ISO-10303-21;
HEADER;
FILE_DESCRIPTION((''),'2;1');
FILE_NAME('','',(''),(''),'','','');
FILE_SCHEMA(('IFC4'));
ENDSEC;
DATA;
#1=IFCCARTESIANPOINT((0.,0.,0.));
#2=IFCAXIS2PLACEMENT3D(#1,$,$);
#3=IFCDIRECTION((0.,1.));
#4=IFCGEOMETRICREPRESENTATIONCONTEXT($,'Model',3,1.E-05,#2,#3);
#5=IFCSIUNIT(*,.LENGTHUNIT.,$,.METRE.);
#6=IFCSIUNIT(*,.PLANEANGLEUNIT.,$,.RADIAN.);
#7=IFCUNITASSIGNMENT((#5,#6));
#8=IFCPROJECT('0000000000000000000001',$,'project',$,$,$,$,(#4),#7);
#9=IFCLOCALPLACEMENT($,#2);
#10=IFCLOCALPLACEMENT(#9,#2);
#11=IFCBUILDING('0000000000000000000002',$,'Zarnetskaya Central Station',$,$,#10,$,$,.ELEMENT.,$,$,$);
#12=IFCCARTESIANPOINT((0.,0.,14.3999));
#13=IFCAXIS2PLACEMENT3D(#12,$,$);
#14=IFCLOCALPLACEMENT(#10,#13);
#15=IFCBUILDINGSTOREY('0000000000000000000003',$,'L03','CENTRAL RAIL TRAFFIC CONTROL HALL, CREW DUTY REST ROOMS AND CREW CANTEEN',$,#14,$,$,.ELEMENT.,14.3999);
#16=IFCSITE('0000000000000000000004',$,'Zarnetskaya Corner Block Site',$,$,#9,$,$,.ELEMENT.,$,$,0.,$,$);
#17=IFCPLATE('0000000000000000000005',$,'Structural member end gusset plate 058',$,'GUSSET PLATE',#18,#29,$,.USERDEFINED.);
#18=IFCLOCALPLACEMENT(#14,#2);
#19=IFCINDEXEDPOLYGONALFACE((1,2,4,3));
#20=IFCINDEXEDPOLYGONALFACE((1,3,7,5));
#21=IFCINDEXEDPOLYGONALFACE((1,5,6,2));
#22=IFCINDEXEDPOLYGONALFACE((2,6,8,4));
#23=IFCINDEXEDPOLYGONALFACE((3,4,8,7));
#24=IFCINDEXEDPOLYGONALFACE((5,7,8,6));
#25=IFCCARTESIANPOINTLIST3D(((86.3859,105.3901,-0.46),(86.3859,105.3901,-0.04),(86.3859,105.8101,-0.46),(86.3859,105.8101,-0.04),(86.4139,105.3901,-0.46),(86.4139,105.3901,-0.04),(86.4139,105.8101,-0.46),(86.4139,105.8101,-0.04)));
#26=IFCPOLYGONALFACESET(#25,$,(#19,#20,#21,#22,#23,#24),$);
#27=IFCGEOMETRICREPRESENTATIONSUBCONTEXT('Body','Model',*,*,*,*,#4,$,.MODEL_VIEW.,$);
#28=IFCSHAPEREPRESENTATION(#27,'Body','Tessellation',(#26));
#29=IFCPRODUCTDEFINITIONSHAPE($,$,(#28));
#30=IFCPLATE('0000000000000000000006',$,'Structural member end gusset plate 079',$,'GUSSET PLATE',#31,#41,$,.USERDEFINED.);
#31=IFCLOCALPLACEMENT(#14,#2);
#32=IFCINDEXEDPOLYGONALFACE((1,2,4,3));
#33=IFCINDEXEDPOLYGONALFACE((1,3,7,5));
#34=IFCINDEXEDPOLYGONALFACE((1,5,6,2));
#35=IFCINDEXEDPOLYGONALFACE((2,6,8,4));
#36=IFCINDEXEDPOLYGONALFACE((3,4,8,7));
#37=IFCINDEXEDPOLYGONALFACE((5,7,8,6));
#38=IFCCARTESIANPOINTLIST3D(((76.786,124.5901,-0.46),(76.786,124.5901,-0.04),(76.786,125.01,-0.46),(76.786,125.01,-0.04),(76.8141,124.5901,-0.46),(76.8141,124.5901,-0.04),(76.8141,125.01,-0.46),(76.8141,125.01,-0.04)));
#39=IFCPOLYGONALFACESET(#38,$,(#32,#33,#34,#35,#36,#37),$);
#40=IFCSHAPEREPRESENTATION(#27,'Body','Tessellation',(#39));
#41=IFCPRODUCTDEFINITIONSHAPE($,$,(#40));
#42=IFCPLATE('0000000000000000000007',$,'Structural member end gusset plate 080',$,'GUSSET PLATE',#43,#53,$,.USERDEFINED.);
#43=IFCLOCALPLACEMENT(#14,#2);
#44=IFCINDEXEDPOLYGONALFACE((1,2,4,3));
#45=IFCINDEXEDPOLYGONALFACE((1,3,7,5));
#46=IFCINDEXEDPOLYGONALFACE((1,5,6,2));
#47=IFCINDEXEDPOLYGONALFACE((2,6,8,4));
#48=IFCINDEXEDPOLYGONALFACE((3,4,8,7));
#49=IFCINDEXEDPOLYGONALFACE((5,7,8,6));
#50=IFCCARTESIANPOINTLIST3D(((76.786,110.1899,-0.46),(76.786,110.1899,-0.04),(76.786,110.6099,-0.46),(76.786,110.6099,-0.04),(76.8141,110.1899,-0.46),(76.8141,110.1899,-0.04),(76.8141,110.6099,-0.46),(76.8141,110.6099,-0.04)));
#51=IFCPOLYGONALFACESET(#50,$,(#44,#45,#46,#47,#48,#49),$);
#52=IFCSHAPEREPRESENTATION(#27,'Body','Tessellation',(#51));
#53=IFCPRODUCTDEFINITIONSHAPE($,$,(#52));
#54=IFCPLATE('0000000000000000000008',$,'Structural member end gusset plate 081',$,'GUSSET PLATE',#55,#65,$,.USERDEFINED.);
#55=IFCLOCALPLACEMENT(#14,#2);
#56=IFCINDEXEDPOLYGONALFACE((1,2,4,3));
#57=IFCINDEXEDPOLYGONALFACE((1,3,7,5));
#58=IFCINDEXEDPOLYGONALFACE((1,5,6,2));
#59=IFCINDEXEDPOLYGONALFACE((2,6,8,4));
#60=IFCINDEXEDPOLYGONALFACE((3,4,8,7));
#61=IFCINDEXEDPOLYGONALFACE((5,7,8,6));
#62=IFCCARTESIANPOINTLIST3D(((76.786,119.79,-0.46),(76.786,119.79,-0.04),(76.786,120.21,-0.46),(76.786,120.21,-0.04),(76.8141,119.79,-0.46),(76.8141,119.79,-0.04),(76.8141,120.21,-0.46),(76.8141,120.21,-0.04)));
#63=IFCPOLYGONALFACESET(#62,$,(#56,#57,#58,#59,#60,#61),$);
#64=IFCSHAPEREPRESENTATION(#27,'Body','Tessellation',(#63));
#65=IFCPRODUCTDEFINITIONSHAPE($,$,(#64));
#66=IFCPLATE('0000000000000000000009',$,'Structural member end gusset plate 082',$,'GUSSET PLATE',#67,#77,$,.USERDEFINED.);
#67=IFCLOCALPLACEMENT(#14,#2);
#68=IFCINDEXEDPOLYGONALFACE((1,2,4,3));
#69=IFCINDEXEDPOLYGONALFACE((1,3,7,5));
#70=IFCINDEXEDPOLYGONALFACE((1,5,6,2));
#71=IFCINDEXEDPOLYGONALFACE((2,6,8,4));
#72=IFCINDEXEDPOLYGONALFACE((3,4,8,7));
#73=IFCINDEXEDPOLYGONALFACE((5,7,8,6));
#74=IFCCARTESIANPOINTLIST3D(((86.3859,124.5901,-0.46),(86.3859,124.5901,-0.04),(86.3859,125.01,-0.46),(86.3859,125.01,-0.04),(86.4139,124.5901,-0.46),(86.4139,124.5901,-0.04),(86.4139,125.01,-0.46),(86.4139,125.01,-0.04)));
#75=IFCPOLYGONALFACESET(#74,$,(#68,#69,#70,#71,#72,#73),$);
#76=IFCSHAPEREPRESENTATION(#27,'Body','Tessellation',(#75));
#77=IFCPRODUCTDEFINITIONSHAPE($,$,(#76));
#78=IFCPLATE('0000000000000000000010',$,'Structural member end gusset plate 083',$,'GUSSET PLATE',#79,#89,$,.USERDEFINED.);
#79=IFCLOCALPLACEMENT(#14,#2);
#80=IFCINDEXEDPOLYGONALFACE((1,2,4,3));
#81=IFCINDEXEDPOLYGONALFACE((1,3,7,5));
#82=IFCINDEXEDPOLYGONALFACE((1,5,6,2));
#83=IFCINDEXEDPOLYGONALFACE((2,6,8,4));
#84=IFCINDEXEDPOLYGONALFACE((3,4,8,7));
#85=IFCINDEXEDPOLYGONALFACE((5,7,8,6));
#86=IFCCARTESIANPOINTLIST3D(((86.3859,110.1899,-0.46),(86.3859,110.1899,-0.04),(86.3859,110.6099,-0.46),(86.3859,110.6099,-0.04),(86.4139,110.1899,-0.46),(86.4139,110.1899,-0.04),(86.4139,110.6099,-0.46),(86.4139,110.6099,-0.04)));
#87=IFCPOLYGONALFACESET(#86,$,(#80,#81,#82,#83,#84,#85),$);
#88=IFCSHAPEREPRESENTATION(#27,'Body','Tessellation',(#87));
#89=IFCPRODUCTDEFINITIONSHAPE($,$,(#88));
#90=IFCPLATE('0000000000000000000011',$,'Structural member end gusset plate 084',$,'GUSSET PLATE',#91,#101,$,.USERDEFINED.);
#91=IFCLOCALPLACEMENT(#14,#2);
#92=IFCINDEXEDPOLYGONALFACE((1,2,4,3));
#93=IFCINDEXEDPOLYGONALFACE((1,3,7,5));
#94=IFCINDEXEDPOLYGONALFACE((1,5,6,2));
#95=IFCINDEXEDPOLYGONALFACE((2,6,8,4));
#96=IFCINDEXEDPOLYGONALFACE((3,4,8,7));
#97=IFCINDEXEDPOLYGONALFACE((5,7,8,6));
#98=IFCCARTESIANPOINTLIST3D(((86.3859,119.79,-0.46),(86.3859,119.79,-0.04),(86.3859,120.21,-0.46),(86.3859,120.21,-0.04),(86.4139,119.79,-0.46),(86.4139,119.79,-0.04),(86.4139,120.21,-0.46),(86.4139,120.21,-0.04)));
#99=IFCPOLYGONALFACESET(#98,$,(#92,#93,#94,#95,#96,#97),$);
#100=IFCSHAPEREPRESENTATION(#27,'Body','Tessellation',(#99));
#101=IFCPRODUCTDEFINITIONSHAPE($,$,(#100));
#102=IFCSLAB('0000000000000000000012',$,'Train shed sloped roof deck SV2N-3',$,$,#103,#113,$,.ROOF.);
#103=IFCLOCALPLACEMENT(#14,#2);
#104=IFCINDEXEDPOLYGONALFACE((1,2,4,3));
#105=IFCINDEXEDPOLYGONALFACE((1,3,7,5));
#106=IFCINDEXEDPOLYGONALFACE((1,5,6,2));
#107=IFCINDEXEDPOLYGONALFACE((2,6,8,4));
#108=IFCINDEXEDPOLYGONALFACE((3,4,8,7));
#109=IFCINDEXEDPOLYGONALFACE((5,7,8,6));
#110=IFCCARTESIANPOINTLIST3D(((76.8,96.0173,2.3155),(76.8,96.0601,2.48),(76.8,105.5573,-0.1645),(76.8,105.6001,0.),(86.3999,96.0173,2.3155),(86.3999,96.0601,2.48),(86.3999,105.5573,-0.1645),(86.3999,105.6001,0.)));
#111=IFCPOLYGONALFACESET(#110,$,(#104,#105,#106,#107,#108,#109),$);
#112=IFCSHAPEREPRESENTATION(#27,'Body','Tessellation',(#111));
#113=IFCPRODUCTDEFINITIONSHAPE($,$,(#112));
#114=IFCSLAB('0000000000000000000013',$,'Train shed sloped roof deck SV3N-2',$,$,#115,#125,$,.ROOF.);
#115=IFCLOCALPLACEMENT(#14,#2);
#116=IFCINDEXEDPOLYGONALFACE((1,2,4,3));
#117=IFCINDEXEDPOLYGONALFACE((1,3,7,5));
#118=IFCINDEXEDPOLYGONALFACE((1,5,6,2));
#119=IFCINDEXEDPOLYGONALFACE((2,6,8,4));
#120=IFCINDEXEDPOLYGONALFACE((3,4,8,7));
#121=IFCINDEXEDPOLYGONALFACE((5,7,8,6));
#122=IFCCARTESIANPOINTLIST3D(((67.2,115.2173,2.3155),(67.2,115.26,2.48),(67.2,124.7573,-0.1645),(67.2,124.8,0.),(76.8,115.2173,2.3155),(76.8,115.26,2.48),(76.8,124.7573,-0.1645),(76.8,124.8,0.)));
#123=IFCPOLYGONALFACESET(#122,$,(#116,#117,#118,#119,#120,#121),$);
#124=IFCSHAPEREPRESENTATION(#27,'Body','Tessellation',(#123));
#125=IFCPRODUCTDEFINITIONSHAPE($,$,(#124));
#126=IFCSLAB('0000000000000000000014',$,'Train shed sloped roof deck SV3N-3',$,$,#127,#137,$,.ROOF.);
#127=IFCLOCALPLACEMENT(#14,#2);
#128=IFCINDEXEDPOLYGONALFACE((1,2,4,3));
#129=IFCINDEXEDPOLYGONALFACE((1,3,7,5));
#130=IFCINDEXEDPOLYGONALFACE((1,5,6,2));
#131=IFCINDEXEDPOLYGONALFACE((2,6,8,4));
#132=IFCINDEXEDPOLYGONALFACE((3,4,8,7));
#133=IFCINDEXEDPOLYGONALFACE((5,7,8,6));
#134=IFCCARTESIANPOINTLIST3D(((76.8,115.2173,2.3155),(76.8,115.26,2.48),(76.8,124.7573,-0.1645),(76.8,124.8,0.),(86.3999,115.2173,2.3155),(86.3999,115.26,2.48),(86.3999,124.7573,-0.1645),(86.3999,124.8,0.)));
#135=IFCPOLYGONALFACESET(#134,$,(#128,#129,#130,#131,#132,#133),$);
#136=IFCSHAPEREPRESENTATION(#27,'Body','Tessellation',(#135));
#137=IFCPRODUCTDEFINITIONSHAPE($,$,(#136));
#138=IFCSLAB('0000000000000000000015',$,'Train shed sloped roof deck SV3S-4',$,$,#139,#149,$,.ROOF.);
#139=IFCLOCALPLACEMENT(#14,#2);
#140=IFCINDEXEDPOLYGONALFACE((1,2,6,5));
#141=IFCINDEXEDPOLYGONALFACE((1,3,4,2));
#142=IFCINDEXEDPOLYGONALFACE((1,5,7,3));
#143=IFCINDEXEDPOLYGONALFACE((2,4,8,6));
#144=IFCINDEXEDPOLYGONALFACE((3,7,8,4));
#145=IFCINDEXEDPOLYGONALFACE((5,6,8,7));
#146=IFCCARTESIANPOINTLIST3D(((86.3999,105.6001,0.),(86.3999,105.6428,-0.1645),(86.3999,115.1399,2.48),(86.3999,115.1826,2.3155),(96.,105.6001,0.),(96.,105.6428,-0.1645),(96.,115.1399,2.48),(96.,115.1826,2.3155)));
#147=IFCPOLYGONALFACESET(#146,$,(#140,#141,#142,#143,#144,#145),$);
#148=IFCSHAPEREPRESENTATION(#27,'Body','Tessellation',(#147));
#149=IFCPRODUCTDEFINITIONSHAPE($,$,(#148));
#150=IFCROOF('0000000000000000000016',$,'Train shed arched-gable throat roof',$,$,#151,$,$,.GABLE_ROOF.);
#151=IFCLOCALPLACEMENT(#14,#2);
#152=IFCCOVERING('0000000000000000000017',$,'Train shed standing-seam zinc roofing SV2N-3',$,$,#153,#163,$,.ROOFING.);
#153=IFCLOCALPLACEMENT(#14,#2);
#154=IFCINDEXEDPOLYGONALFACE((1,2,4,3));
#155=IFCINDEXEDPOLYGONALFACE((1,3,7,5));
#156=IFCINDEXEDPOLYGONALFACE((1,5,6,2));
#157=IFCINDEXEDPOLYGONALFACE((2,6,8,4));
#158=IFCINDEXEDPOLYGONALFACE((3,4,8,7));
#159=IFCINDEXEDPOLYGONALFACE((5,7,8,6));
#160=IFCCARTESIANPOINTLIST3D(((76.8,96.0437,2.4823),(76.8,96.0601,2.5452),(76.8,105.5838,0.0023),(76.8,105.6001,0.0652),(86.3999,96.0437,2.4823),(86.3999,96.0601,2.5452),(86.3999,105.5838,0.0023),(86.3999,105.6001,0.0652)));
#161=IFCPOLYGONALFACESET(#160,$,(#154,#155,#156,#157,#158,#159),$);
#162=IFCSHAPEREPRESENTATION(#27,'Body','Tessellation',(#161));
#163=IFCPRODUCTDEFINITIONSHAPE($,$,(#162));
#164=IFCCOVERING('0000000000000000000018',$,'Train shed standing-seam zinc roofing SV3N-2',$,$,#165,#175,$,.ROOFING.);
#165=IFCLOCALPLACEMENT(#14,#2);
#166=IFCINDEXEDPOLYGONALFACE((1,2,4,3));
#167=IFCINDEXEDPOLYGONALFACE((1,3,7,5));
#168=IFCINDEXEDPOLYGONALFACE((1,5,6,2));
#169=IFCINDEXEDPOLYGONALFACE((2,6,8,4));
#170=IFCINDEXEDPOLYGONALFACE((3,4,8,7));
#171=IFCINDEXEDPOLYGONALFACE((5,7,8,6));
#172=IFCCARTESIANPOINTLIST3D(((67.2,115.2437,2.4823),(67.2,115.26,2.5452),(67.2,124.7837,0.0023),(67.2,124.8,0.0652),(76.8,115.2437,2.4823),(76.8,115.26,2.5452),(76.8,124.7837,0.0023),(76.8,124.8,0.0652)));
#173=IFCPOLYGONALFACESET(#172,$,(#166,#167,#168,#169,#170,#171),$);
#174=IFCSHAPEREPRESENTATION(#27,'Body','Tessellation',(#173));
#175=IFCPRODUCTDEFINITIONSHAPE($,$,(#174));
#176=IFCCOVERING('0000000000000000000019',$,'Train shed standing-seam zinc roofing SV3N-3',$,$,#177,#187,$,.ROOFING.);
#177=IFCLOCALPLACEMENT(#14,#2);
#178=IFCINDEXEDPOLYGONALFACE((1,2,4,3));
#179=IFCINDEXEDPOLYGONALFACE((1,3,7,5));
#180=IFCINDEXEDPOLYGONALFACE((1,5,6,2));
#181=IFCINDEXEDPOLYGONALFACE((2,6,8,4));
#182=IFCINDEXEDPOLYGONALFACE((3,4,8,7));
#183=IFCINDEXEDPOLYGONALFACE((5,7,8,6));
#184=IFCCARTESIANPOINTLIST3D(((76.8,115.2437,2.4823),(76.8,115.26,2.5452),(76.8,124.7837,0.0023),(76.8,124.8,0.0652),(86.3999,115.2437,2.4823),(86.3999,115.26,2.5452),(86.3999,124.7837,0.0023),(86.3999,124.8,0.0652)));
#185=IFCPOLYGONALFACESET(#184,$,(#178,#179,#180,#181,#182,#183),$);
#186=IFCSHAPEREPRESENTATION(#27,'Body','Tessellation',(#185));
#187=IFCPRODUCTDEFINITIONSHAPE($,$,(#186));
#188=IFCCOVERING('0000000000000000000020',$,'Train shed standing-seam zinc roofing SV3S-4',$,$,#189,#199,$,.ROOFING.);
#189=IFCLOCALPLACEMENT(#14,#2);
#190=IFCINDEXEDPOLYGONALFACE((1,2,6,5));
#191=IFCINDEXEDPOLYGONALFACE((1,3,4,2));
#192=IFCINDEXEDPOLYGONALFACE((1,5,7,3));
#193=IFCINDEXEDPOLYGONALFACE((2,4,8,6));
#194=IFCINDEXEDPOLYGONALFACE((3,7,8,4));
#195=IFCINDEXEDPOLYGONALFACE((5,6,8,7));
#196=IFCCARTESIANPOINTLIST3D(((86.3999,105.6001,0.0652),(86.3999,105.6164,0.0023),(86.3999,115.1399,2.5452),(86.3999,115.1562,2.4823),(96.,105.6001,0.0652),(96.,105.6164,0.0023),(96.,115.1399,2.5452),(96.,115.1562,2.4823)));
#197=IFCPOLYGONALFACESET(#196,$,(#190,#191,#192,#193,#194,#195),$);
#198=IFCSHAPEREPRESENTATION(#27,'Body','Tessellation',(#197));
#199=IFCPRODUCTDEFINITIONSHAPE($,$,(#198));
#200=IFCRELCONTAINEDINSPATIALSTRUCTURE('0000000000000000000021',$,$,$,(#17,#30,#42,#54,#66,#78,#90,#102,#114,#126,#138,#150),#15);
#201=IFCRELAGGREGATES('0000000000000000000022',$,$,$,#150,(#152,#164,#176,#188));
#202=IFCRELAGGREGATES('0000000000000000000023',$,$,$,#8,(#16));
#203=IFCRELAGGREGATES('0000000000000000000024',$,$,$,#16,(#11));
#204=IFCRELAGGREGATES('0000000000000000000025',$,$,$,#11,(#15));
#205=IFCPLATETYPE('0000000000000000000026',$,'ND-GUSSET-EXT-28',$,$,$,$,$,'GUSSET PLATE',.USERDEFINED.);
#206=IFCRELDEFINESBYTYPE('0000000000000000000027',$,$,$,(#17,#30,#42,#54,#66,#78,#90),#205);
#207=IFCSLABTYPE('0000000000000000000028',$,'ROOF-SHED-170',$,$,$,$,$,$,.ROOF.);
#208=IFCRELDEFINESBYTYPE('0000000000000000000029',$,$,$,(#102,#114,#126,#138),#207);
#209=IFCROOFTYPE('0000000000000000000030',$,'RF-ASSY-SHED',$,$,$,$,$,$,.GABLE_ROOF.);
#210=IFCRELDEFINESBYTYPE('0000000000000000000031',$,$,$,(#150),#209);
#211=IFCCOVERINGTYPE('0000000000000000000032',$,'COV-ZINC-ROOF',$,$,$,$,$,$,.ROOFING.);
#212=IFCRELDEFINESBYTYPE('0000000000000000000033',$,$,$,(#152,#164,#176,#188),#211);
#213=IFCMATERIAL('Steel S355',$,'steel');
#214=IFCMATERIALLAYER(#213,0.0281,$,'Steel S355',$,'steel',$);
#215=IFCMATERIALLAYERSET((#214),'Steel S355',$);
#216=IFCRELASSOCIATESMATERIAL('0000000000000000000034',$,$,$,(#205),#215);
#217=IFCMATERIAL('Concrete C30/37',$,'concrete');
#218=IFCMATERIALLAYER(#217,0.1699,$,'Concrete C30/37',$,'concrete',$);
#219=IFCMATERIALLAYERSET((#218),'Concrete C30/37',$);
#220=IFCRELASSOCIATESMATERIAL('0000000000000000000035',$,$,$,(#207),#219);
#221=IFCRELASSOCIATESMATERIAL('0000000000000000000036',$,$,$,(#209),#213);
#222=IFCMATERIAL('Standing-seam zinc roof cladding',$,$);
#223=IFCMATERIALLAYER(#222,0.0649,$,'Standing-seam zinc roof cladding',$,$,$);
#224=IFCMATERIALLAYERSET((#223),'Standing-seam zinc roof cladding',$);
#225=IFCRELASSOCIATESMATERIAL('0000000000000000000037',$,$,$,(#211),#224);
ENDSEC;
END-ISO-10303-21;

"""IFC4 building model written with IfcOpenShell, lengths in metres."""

from ifc_helpers import new_model, si_unit, direction, frame, origin, origin_2d, place, context, subcontext, project, spatial, polyline, rectangle, outline, extrude, material, layer, layer_set, type_object, element, aggregate, save


model = new_model("IFC4")

# Units and contexts
model_context = context("Model", 3, precision=1e-05, world=origin(), true_north=direction((0.0, 1.0)))
body_context = subcontext(model_context, "Body", "Model", "MODEL_VIEW")
ifc_project = project(units=[si_unit("LENGTHUNIT", "METRE"), si_unit("PLANEANGLEUNIT", "RADIAN")], contexts=[model_context])

# Site, building, storey
site_placement = place(None, origin())
site = spatial("IfcSite", under=ifc_project, at=site_placement, Name="Zarnetskaya Corner Block Site", CompositionType="ELEMENT", RefElevation=0.0)
building_placement = place(site_placement, origin())
building = spatial("IfcBuilding", under=site, at=building_placement, Name="Zarnetskaya Central Station", CompositionType="ELEMENT")
storey_placement = place(building_placement, frame((0.0, 0.0, 14.3999)))
storey = spatial("IfcBuildingStorey", under=building, at=storey_placement, Name="L03", Description="CENTRAL RAIL TRAFFIC CONTROL HALL, CREW DUTY REST ROOMS AND CREW CANTEEN", CompositionType="ELEMENT", Elevation=14.3999)

# Shared definitions
ifc_material_1 = material(Name="Steel S355", Category="steel")

# Plates
ifc_layer_1 = layer(ifc_material_1, 0.0281, Name="Steel S355", Category="steel")
ifc_layer_set_1 = layer_set([ifc_layer_1], Name="Steel S355")
plate_type_1 = type_object("IfcPlateType", Name="ND-GUSSET-EXT-28", ElementType="GUSSET PLATE", PredefinedType="USERDEFINED", material=ifc_layer_set_1)
for number, where, z_axis, x_axis, name in (
    (1, (86.3999, 105.6001, -0.46), (0.0, 0.0, 1.0), (1.0, 0.0, 0.0), "Structural member end gusset plate 058"),
    (2, (76.8, 124.8, -0.46), (0.0, 0.0, 1.0), (1.0, 0.0, 0.0), "Structural member end gusset plate 079"),
    (3, (76.8, 110.3999, -0.46), (0.0, 0.0, 1.0), (1.0, 0.0, 0.0), "Structural member end gusset plate 080"),
    (4, (76.8, 120.0, -0.46), (0.0, 0.0, 1.0), (1.0, 0.0, 0.0), "Structural member end gusset plate 081"),
    (5, (86.3999, 124.8, -0.46), (0.0, 0.0, 1.0), (1.0, 0.0, 0.0), "Structural member end gusset plate 082"),
    (6, (86.3999, 110.3999, -0.46), (0.0, 0.0, 1.0), (1.0, 0.0, 0.0), "Structural member end gusset plate 083"),
    (7, (86.3999, 120.0, -0.46), (0.0, 0.0, 1.0), (1.0, 0.0, 0.0), "Structural member end gusset plate 084"),
):
    element("IfcPlate", number, at=place(storey_placement, frame(where, z_axis=z_axis, x_axis=x_axis)), inside=storey, type_object=plate_type_1, Name=name, ObjectType="GUSSET PLATE", PredefinedType="USERDEFINED", context=body_context, shape_type="SweptSolid", body=[
        extrude(rectangle(XDim=0.0281, YDim=0.4199, at=origin_2d()), origin(), (0.0, 0.0, 1.0), 0.4199),
    ])

# Slabs
ifc_material_2 = material(Name="Concrete C30/37", Category="concrete")
ifc_layer_2 = layer(ifc_material_2, 0.1699, Name="Concrete C30/37", Category="concrete")
ifc_layer_set_2 = layer_set([ifc_layer_2], Name="Concrete C30/37")
slab_type = type_object("IfcSlabType", Name="ROOF-SHED-170", PredefinedType="ROOF", material=ifc_layer_set_2)
slab_1_placement = place(storey_placement, frame((86.3999, 105.6001, 0.0), z_axis=(0.0, 0.251593, 0.967833), x_axis=(-1.0, 0.0, 0.0)))
element("IfcSlab", 8, at=slab_1_placement, inside=storey, type_object=slab_type, Name="Train shed sloped roof deck SV2N-3", PredefinedType="ROOF", context=body_context, shape_type="SweptSolid", body=[
    extrude(outline(polyline([(0.0, 0.0), (9.5999, 0.0), (9.5999, 9.8571), (0.0, 9.8571), (0.0, 0.0)])), origin(), (0.0, 0.0, -1.0), 0.1699),
])
slab_2_placement = place(storey_placement, frame((76.8, 124.8, 0.0), z_axis=(0.0, 0.251593, 0.967833), x_axis=(-1.0, 0.0, 0.0)))
element("IfcSlab", 9, at=slab_2_placement, inside=storey, type_object=slab_type, Name="Train shed sloped roof deck SV3N-2", PredefinedType="ROOF", context=body_context, shape_type="SweptSolid", body=[
    extrude(outline(polyline([(0.0, 0.0), (9.6001, 0.0), (9.6001, 9.8571), (0.0, 9.8571), (0.0, 0.0)])), origin(), (0.0, 0.0, -1.0), 0.1699),
])
slab_3_placement = place(storey_placement, frame((86.3999, 124.8, 0.0), z_axis=(0.0, 0.251593, 0.967833), x_axis=(-1.0, 0.0, 0.0)))
element("IfcSlab", 10, at=slab_3_placement, inside=storey, type_object=slab_type, Name="Train shed sloped roof deck SV3N-3", PredefinedType="ROOF", context=body_context, shape_type="SweptSolid", body=[
    extrude(outline(polyline([(0.0, 0.0), (9.5999, 0.0), (9.5999, 9.8571), (0.0, 9.8571), (0.0, 0.0)])), origin(), (0.0, 0.0, -1.0), 0.1699),
])
slab_4_placement = place(storey_placement, frame((86.3999, 105.6001, 0.0), z_axis=(0.0, -0.251599, 0.967832), x_axis=(1.0, 0.0, 0.0)))
element("IfcSlab", 11, at=slab_4_placement, inside=storey, type_object=slab_type, Name="Train shed sloped roof deck SV3S-4", PredefinedType="ROOF", context=body_context, shape_type="SweptSolid", body=[
    extrude(outline(polyline([(0.0, 0.0), (9.6001, 0.0), (9.6001, 9.8569), (0.0, 9.8569), (0.0, 0.0)])), origin(), (0.0, 0.0, -1.0), 0.1699),
])

# Roof, coverings
roof_type = type_object("IfcRoofType", Name="RF-ASSY-SHED", PredefinedType="GABLE_ROOF", material=ifc_material_1)
roof_placement = place(storey_placement, origin())
roof = element("IfcRoof", 12, at=roof_placement, inside=storey, type_object=roof_type, Name="Train shed arched-gable throat roof", PredefinedType="GABLE_ROOF")
ifc_material_3 = material(Name="Standing-seam zinc roof cladding")
ifc_layer_3 = layer(ifc_material_3, 0.0649, Name="Standing-seam zinc roof cladding")
ifc_layer_set_3 = layer_set([ifc_layer_3], Name="Standing-seam zinc roof cladding")
covering_type = type_object("IfcCoveringType", Name="COV-ZINC-ROOF", PredefinedType="ROOFING", material=ifc_layer_set_3)
covering_1_placement = place(storey_placement, frame((86.3999, 105.6001, 0.0652), z_axis=(0.0, 0.251593, 0.967833), x_axis=(-1.0, 0.0, 0.0)))
covering_1 = element("IfcCovering", 13, at=covering_1_placement, type_object=covering_type, Name="Train shed standing-seam zinc roofing SV2N-3", PredefinedType="ROOFING", context=body_context, shape_type="SweptSolid", body=[
    extrude(outline(polyline([(0.0, 0.0), (9.5999, 0.0), (9.5999, 9.8571), (0.0, 9.8571), (0.0, 0.0)])), origin(), (0.0, 0.0, -1.0), 0.0649),
])
covering_2_placement = place(storey_placement, frame((76.8, 124.8, 0.0652), z_axis=(0.0, 0.251593, 0.967833), x_axis=(-1.0, 0.0, 0.0)))
covering_2 = element("IfcCovering", 14, at=covering_2_placement, type_object=covering_type, Name="Train shed standing-seam zinc roofing SV3N-2", PredefinedType="ROOFING", context=body_context, shape_type="SweptSolid", body=[
    extrude(outline(polyline([(0.0, 0.0), (9.6001, 0.0), (9.6001, 9.8571), (0.0, 9.8571), (0.0, 0.0)])), origin(), (0.0, 0.0, -1.0), 0.0649),
])
covering_3_placement = place(storey_placement, frame((86.3999, 124.8, 0.0652), z_axis=(0.0, 0.251593, 0.967833), x_axis=(-1.0, 0.0, 0.0)))
covering_3 = element("IfcCovering", 15, at=covering_3_placement, type_object=covering_type, Name="Train shed standing-seam zinc roofing SV3N-3", PredefinedType="ROOFING", context=body_context, shape_type="SweptSolid", body=[
    extrude(outline(polyline([(0.0, 0.0), (9.5999, 0.0), (9.5999, 9.8571), (0.0, 9.8571), (0.0, 0.0)])), origin(), (0.0, 0.0, -1.0), 0.0649),
])
covering_4_placement = place(storey_placement, frame((86.3999, 105.6001, 0.0652), z_axis=(0.0, -0.251599, 0.967832), x_axis=(1.0, 0.0, 0.0)))
covering_4 = element("IfcCovering", 16, at=covering_4_placement, type_object=covering_type, Name="Train shed standing-seam zinc roofing SV3S-4", PredefinedType="ROOFING", context=body_context, shape_type="SweptSolid", body=[
    extrude(outline(polyline([(0.0, 0.0), (9.6001, 0.0), (9.6001, 9.8569), (0.0, 9.8569), (0.0, 0.0)])), origin(), (0.0, 0.0, -1.0), 0.0649),
])
aggregate(roof, [covering_1, covering_2, covering_3, covering_4])

save(model, "model.ifc")
